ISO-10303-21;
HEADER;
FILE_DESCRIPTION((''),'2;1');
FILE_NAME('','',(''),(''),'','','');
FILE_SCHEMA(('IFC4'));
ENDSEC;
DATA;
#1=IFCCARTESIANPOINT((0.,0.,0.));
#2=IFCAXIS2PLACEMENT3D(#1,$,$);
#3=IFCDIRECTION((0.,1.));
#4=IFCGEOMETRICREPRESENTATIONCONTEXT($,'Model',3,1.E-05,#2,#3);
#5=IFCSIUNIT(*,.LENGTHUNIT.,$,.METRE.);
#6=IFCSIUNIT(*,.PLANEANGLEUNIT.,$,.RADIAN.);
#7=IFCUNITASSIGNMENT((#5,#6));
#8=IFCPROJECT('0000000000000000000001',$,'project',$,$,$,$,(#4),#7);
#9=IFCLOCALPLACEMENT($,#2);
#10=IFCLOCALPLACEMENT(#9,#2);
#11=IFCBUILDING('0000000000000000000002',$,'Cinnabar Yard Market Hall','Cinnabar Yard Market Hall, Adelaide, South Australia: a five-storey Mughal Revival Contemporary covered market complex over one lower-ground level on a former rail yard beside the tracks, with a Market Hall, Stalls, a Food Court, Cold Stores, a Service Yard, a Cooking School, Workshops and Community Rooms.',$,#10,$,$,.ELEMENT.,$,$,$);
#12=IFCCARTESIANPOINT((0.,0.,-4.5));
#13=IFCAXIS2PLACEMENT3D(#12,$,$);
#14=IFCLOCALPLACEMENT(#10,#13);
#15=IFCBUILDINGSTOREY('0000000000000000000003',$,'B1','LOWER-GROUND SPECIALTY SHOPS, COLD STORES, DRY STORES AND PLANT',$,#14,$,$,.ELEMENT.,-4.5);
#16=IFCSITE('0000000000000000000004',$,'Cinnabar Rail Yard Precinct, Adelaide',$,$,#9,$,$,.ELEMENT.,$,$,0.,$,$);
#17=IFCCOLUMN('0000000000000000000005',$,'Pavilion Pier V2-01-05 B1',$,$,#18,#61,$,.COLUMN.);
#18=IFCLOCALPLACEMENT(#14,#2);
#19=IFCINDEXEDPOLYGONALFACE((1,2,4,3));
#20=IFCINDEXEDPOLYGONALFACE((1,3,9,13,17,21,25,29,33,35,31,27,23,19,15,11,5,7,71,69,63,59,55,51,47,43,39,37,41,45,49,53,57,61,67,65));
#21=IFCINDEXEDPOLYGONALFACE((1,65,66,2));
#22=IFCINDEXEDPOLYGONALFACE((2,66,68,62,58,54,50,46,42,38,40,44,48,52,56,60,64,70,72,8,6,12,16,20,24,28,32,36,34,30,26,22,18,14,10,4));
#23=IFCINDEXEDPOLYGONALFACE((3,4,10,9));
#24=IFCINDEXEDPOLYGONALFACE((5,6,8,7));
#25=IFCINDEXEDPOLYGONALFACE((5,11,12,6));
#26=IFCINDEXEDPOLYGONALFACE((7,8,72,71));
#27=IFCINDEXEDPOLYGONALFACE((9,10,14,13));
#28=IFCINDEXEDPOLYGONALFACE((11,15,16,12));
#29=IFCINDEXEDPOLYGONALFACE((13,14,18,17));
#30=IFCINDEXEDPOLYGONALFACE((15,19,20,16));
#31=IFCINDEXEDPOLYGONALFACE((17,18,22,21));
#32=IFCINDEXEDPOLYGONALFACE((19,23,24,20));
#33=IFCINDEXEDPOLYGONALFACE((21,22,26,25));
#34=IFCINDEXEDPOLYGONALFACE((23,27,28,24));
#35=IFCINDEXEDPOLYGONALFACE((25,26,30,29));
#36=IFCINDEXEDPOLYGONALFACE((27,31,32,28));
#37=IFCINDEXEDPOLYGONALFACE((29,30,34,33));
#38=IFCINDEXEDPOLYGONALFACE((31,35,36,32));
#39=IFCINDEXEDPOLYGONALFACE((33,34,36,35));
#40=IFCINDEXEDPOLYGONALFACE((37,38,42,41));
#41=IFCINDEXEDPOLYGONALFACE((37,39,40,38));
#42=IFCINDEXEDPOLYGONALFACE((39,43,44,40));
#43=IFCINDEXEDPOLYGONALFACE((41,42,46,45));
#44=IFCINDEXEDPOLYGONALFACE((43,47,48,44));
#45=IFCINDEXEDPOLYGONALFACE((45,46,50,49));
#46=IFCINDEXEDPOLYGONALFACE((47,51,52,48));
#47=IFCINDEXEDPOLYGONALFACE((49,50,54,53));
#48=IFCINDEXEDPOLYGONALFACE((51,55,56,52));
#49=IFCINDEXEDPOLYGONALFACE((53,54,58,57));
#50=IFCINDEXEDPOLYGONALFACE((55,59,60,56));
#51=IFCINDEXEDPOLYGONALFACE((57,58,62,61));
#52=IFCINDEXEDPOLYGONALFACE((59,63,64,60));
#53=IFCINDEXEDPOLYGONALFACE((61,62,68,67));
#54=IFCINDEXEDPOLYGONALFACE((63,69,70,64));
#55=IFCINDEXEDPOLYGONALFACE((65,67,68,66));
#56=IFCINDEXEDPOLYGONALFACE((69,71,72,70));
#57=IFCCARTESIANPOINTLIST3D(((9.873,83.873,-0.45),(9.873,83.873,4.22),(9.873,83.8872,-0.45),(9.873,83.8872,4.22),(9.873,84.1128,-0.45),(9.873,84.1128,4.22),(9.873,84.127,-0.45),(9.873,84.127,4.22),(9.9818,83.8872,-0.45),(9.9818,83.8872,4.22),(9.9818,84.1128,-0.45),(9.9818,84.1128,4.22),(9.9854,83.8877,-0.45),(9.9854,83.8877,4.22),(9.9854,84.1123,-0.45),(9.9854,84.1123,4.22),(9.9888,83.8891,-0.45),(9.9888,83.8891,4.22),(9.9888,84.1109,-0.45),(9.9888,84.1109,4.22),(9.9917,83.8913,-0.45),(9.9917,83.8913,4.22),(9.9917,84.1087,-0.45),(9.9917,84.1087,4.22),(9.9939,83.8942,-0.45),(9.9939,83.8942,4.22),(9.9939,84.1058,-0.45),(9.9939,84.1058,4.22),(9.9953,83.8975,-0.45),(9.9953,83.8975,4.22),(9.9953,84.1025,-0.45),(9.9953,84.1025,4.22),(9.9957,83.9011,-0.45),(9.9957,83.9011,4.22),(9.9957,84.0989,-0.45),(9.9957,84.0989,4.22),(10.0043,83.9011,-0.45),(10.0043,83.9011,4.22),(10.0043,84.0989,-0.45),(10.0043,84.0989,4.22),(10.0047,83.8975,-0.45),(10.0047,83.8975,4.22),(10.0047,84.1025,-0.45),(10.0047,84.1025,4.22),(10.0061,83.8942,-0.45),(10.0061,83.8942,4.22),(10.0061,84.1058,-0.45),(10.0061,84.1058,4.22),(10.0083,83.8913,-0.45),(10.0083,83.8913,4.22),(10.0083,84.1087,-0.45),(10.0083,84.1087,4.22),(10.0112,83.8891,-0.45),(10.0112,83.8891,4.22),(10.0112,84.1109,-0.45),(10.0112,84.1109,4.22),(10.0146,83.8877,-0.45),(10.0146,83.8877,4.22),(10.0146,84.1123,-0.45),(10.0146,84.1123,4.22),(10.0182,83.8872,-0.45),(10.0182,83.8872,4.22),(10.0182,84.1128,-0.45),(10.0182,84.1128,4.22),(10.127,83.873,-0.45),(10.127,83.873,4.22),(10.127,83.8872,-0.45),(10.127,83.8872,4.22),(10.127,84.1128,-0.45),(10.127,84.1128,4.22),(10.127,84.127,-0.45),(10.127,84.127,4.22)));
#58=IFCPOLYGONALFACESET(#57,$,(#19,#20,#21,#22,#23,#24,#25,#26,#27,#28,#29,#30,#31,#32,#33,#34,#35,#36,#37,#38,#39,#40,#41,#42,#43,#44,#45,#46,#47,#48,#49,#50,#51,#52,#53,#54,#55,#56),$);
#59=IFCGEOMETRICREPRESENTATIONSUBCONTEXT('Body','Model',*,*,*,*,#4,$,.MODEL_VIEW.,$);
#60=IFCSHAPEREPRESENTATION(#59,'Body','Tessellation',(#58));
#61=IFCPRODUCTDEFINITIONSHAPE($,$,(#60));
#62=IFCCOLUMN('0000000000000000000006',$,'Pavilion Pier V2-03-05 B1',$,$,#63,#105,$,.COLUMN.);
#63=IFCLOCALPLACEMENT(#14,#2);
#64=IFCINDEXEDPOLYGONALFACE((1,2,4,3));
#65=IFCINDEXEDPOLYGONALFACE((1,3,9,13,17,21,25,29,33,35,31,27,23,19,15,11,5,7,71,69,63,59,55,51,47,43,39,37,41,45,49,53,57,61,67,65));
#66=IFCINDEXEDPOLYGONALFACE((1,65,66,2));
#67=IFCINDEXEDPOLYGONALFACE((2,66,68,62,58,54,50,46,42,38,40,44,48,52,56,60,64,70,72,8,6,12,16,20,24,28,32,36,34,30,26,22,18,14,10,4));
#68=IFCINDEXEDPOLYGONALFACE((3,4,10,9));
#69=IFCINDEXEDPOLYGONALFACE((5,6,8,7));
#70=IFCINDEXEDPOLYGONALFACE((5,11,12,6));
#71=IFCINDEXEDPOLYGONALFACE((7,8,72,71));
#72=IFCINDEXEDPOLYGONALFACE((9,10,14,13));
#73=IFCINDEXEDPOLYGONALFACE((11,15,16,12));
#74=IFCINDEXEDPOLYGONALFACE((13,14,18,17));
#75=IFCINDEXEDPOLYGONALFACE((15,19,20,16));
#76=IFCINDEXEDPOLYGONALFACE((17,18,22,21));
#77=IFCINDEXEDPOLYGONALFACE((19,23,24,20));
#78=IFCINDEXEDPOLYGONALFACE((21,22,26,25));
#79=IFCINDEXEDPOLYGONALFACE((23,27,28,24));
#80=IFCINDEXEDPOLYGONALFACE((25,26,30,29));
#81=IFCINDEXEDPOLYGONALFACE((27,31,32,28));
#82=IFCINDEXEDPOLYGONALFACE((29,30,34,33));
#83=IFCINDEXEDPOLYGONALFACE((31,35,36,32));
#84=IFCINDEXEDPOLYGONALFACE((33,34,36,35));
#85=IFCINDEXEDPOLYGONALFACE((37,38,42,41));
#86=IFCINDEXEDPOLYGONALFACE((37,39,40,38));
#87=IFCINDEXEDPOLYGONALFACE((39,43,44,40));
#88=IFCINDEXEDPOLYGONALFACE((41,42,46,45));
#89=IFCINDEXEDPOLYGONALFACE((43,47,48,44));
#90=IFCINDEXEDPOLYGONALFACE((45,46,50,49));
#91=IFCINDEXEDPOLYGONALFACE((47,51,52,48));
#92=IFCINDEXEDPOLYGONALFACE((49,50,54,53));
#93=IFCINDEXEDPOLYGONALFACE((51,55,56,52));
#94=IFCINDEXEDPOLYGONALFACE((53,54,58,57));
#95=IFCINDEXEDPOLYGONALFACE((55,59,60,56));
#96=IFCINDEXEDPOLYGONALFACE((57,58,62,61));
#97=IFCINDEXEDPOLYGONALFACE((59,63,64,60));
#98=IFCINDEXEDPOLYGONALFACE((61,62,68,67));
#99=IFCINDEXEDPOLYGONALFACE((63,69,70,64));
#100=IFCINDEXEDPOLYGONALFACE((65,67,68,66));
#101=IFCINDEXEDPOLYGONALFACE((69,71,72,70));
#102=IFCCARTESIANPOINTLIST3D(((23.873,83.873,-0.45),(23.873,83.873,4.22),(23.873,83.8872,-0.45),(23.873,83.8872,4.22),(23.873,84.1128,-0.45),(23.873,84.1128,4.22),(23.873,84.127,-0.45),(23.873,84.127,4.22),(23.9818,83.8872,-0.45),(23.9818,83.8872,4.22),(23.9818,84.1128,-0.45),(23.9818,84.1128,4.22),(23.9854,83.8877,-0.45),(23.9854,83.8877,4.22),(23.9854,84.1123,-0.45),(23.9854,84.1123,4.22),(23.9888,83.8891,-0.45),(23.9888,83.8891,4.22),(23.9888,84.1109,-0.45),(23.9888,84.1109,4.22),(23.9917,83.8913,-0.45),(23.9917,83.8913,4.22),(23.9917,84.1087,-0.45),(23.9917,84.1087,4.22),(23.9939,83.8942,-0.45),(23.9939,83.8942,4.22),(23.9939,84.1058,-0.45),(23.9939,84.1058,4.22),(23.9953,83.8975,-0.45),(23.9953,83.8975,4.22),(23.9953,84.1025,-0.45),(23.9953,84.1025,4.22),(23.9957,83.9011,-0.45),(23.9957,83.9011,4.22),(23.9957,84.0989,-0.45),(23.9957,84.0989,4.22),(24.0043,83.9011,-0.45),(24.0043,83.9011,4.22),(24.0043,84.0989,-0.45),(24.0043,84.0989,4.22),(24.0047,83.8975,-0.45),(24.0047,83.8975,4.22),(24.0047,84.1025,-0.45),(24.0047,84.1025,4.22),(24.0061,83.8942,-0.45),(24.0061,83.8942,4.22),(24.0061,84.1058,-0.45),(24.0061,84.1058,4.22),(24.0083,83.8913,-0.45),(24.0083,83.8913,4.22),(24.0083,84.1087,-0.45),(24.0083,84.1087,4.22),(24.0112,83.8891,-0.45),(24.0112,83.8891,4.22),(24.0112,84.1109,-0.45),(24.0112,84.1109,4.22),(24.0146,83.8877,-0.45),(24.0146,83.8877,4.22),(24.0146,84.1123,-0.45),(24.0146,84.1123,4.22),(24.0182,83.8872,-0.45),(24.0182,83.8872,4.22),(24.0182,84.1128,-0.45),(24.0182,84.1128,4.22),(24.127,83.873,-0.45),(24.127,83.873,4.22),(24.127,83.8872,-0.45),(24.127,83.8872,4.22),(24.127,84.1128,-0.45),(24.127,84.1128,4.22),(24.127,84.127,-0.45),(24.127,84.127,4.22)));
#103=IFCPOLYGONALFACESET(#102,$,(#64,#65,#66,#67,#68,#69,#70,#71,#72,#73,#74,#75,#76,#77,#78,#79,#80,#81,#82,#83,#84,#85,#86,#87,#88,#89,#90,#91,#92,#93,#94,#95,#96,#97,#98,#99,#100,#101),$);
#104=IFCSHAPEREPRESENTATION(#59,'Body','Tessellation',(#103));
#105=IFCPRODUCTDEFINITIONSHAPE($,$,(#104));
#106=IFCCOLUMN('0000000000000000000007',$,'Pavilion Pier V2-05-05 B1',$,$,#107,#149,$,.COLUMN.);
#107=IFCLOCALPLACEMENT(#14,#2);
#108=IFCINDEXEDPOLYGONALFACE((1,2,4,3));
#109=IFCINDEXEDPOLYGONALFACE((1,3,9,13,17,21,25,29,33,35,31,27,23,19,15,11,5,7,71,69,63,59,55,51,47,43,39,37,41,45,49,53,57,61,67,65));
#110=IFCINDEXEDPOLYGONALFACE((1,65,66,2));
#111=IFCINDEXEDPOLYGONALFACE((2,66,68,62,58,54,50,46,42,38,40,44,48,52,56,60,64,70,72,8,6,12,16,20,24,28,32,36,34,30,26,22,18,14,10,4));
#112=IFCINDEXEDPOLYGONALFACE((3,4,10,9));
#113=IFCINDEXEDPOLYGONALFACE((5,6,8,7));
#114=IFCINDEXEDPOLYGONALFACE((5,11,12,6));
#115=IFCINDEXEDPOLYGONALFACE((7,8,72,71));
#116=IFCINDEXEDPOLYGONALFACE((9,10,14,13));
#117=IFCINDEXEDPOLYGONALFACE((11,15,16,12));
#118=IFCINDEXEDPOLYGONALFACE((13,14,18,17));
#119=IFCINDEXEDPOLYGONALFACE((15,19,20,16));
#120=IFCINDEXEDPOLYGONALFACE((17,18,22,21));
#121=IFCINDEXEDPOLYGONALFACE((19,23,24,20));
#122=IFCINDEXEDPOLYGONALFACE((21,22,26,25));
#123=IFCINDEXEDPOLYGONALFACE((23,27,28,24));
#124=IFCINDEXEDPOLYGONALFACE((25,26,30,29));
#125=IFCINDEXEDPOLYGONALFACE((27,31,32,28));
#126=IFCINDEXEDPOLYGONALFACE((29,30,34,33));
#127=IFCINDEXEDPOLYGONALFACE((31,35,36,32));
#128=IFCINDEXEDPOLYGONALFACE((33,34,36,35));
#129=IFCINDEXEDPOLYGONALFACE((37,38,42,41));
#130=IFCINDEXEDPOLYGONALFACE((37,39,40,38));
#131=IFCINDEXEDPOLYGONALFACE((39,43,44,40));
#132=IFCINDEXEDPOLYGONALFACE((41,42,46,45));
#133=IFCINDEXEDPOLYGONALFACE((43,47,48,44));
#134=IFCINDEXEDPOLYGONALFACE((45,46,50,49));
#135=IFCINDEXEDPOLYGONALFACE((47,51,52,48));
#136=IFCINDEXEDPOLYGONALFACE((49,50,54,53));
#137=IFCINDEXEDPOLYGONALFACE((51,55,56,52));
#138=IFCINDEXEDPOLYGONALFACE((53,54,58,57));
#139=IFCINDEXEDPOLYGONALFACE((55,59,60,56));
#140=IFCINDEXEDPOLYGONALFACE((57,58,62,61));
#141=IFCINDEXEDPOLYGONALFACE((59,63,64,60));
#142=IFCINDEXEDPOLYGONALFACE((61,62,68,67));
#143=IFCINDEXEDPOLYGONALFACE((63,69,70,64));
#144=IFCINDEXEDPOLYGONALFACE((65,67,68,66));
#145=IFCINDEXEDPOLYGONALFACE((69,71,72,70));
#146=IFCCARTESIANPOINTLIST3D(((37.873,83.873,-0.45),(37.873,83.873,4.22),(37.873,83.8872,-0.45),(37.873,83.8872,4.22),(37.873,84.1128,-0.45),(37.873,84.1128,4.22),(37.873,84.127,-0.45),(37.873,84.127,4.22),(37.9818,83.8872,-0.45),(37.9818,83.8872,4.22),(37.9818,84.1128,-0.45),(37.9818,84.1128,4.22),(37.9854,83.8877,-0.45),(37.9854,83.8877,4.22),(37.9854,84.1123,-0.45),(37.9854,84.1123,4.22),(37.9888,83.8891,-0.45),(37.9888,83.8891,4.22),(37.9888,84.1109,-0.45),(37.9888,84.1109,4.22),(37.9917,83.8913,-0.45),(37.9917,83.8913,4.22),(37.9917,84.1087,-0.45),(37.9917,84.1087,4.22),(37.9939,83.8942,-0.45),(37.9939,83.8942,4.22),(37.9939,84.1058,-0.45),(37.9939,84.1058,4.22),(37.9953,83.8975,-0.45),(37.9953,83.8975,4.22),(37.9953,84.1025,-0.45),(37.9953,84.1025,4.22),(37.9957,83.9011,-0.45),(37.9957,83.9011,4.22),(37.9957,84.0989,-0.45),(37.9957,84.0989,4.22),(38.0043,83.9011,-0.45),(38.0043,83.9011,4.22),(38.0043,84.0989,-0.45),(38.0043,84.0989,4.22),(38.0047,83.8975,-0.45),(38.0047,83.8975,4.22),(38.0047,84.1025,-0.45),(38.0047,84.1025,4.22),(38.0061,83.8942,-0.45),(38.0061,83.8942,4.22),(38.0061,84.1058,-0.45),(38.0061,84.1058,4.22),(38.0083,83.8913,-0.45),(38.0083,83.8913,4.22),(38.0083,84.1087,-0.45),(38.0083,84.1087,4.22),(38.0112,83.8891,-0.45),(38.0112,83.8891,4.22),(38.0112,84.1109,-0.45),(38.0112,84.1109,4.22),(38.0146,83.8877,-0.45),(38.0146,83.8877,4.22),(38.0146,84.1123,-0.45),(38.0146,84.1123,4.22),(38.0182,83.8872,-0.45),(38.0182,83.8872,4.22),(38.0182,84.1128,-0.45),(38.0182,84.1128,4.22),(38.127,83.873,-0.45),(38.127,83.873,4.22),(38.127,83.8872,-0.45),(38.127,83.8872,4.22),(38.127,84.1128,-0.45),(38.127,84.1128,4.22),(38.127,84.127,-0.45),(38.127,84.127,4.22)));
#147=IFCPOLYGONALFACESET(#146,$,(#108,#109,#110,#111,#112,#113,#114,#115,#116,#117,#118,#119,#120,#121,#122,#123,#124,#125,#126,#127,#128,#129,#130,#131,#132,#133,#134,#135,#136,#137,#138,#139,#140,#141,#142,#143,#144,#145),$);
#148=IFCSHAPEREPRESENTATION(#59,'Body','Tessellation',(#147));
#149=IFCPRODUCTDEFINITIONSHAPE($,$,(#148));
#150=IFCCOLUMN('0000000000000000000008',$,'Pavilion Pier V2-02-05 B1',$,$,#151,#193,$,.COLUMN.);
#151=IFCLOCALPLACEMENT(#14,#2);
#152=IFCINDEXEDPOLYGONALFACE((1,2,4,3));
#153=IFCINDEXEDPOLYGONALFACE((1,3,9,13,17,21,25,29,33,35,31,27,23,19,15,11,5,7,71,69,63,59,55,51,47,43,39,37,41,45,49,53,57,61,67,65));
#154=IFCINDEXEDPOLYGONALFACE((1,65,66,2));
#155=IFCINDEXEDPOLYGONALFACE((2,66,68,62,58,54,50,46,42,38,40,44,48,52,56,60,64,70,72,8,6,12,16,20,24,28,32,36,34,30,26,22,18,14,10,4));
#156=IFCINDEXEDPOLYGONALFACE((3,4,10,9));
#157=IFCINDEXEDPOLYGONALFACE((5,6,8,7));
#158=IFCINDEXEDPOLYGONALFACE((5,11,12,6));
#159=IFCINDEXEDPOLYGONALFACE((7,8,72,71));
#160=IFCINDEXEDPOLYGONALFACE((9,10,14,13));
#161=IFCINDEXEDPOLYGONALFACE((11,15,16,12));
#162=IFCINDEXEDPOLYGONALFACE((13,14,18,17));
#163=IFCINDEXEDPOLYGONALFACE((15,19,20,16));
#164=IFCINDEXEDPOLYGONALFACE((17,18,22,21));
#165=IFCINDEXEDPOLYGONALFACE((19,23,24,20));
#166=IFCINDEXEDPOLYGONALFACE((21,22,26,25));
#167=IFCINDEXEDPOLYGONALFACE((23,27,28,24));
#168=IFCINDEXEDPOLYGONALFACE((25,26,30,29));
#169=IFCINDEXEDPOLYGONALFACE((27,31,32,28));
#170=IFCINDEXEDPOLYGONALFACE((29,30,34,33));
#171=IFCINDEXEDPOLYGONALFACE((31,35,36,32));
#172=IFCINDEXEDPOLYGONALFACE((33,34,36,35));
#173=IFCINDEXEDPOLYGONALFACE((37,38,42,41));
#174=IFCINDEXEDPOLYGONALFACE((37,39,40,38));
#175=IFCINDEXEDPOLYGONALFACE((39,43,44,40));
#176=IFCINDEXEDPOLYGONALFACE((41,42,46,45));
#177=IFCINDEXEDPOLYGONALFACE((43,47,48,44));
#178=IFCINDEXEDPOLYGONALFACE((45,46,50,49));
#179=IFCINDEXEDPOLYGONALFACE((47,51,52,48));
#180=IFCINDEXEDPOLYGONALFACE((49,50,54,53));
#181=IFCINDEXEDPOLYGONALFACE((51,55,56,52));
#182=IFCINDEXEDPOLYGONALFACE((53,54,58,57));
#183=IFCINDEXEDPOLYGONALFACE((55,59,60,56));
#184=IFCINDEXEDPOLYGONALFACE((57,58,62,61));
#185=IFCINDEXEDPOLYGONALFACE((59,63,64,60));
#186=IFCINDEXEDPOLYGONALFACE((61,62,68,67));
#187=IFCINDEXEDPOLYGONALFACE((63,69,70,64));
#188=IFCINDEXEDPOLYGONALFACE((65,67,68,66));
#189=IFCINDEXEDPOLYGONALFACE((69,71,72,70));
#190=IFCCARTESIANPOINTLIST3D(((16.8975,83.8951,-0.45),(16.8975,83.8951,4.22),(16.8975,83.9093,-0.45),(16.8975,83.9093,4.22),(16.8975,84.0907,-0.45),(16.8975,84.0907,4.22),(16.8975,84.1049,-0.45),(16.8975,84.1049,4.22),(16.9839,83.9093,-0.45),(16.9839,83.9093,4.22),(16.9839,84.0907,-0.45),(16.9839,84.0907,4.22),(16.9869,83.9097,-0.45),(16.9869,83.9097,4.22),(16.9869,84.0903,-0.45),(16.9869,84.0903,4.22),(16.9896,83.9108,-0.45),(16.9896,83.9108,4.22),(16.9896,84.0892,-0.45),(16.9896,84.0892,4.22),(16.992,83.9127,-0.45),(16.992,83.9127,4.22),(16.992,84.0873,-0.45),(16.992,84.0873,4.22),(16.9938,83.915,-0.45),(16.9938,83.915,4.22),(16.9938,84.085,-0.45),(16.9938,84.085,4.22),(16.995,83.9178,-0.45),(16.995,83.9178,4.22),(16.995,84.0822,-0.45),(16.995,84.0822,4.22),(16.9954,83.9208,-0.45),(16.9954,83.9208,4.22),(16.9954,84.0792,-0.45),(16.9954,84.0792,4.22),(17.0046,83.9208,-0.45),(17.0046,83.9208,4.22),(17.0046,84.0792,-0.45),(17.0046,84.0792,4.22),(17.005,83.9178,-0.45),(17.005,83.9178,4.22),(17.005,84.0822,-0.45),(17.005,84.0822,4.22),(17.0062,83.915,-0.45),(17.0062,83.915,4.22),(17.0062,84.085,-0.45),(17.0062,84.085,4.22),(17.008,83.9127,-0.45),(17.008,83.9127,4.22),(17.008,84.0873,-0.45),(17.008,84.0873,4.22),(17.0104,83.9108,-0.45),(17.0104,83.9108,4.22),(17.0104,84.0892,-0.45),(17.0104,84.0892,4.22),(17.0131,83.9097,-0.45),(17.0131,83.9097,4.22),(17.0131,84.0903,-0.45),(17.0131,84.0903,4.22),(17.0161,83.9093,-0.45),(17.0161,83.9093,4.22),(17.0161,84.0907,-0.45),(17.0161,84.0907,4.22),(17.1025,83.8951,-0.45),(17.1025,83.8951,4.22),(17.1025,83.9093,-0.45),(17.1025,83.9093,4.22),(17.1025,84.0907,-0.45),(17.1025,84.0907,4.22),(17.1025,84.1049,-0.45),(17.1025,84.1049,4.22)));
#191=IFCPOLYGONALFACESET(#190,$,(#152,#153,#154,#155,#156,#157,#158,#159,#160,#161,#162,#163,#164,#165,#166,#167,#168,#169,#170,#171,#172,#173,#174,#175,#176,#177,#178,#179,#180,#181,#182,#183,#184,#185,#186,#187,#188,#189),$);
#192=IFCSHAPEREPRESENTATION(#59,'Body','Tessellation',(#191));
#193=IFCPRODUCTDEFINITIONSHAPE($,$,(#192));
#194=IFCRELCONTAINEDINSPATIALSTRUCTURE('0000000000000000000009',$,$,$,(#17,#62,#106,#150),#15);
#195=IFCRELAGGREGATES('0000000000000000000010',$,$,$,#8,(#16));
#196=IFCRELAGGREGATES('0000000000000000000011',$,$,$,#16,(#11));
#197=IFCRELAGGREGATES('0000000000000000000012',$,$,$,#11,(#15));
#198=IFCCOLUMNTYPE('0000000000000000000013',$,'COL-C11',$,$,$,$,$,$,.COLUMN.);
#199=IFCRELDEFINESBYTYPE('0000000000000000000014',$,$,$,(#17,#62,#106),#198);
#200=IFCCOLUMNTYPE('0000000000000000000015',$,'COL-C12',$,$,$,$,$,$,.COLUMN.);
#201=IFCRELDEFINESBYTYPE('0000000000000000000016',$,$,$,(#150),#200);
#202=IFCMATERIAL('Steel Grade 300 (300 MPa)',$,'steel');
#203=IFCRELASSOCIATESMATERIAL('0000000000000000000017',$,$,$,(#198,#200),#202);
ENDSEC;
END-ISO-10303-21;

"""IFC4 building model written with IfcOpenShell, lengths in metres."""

from ifc_helpers import new_model, si_unit, direction, frame, origin, origin_2d_with_axis, place, context, subcontext, project, spatial, i_section, extrude, material, material_profile, profile_set, type_object, element, save


model = new_model("IFC4")

# Units and contexts
model_context = context("Model", 3, precision=1e-05, world=origin(), true_north=direction((0.0, 1.0)))
body_context = subcontext(model_context, "Body", "Model", "MODEL_VIEW")
ifc_project = project(units=[si_unit("LENGTHUNIT", "METRE"), si_unit("PLANEANGLEUNIT", "RADIAN")], contexts=[model_context])

# Site, building, storey
site_placement = place(None, origin())
site = spatial("IfcSite", under=ifc_project, at=site_placement, Name="Cinnabar Rail Yard Precinct, Adelaide", CompositionType="ELEMENT", RefElevation=0.0)
building_placement = place(site_placement, origin())
building = spatial("IfcBuilding", under=site, at=building_placement, Name="Cinnabar Yard Market Hall", Description="Cinnabar Yard Market Hall, Adelaide, South Australia: a five-storey Mughal Revival Contemporary covered market complex over one lower-ground level on a former rail yard beside the tracks, with a Market Hall, Stalls, a Food Court, Cold Stores, a Service Yard, a Cooking School, Workshops and Community Rooms.", CompositionType="ELEMENT")
storey_placement = place(building_placement, frame((0.0, 0.0, -4.5)))
storey = spatial("IfcBuildingStorey", under=building, at=storey_placement, Name="B1", Description="LOWER-GROUND SPECIALTY SHOPS, COLD STORES, DRY STORES AND PLANT", CompositionType="ELEMENT", Elevation=-4.5)

# Columns
ifc_material_1 = material(Name="Steel Grade 300 (300 MPa)", Category="steel")
ifc_material_profile_1 = material_profile(ifc_material_1, i_section(OverallWidth=0.2539, OverallDepth=0.2539, WebThickness=0.0085, FlangeThickness=0.0142, FilletRadius=0.0139, at=origin_2d_with_axis()), Name="250UC72.9")
ifc_profile_set_1 = profile_set([ifc_material_profile_1], Name="Steel Grade 300 (300 MPa)")
column_type_1 = type_object("IfcColumnType", Name="COL-C11", PredefinedType="COLUMN", material=ifc_profile_set_1)
for number, where, z_axis, x_axis, name in (
    (1, (10.0, 84.0, -0.45), (0.0, 0.0, 1.0), (1.0, 0.0, 0.0), "Pavilion Pier V2-01-05 B1"),
    (2, (24.0, 84.0, -0.45), (0.0, 0.0, 1.0), (1.0, 0.0, 0.0), "Pavilion Pier V2-03-05 B1"),
    (3, (38.0, 84.0, -0.45), (0.0, 0.0, 1.0), (1.0, 0.0, 0.0), "Pavilion Pier V2-05-05 B1"),
):
    element("IfcColumn", number, at=place(storey_placement, frame(where, z_axis=z_axis, x_axis=x_axis)), inside=storey, type_object=column_type_1, Name=name, PredefinedType="COLUMN", context=body_context, shape_type="SweptSolid", body=[
        extrude(i_section(OverallWidth=0.2539, OverallDepth=0.2539, WebThickness=0.0085, FlangeThickness=0.0142, FilletRadius=0.0139, at=origin_2d_with_axis()), origin(), (0.0, 0.0, 1.0), 4.6699),
    ])
ifc_material_profile_2 = material_profile(ifc_material_1, i_section(OverallWidth=0.2051, OverallDepth=0.2097, WebThickness=0.0093, FlangeThickness=0.0142, FilletRadius=0.0115, at=origin_2d_with_axis()), Name="200UC59.5")
ifc_profile_set_2 = profile_set([ifc_material_profile_2], Name="Steel Grade 300 (300 MPa)")
column_type_2 = type_object("IfcColumnType", Name="COL-C12", PredefinedType="COLUMN", material=ifc_profile_set_2)
for number, where, z_axis, x_axis, name in (
    (4, (17.0, 84.0, -0.45), (0.0, 0.0, 1.0), (1.0, 0.0, 0.0), "Pavilion Pier V2-02-05 B1"),
):
    element("IfcColumn", number, at=place(storey_placement, frame(where, z_axis=z_axis, x_axis=x_axis)), inside=storey, type_object=column_type_2, Name=name, PredefinedType="COLUMN", context=body_context, shape_type="SweptSolid", body=[
        extrude(i_section(OverallWidth=0.2051, OverallDepth=0.2097, WebThickness=0.0093, FlangeThickness=0.0142, FilletRadius=0.0115, at=origin_2d_with_axis()), origin(), (0.0, 0.0, 1.0), 4.6699),
    ])

save(model, "model.ifc")
